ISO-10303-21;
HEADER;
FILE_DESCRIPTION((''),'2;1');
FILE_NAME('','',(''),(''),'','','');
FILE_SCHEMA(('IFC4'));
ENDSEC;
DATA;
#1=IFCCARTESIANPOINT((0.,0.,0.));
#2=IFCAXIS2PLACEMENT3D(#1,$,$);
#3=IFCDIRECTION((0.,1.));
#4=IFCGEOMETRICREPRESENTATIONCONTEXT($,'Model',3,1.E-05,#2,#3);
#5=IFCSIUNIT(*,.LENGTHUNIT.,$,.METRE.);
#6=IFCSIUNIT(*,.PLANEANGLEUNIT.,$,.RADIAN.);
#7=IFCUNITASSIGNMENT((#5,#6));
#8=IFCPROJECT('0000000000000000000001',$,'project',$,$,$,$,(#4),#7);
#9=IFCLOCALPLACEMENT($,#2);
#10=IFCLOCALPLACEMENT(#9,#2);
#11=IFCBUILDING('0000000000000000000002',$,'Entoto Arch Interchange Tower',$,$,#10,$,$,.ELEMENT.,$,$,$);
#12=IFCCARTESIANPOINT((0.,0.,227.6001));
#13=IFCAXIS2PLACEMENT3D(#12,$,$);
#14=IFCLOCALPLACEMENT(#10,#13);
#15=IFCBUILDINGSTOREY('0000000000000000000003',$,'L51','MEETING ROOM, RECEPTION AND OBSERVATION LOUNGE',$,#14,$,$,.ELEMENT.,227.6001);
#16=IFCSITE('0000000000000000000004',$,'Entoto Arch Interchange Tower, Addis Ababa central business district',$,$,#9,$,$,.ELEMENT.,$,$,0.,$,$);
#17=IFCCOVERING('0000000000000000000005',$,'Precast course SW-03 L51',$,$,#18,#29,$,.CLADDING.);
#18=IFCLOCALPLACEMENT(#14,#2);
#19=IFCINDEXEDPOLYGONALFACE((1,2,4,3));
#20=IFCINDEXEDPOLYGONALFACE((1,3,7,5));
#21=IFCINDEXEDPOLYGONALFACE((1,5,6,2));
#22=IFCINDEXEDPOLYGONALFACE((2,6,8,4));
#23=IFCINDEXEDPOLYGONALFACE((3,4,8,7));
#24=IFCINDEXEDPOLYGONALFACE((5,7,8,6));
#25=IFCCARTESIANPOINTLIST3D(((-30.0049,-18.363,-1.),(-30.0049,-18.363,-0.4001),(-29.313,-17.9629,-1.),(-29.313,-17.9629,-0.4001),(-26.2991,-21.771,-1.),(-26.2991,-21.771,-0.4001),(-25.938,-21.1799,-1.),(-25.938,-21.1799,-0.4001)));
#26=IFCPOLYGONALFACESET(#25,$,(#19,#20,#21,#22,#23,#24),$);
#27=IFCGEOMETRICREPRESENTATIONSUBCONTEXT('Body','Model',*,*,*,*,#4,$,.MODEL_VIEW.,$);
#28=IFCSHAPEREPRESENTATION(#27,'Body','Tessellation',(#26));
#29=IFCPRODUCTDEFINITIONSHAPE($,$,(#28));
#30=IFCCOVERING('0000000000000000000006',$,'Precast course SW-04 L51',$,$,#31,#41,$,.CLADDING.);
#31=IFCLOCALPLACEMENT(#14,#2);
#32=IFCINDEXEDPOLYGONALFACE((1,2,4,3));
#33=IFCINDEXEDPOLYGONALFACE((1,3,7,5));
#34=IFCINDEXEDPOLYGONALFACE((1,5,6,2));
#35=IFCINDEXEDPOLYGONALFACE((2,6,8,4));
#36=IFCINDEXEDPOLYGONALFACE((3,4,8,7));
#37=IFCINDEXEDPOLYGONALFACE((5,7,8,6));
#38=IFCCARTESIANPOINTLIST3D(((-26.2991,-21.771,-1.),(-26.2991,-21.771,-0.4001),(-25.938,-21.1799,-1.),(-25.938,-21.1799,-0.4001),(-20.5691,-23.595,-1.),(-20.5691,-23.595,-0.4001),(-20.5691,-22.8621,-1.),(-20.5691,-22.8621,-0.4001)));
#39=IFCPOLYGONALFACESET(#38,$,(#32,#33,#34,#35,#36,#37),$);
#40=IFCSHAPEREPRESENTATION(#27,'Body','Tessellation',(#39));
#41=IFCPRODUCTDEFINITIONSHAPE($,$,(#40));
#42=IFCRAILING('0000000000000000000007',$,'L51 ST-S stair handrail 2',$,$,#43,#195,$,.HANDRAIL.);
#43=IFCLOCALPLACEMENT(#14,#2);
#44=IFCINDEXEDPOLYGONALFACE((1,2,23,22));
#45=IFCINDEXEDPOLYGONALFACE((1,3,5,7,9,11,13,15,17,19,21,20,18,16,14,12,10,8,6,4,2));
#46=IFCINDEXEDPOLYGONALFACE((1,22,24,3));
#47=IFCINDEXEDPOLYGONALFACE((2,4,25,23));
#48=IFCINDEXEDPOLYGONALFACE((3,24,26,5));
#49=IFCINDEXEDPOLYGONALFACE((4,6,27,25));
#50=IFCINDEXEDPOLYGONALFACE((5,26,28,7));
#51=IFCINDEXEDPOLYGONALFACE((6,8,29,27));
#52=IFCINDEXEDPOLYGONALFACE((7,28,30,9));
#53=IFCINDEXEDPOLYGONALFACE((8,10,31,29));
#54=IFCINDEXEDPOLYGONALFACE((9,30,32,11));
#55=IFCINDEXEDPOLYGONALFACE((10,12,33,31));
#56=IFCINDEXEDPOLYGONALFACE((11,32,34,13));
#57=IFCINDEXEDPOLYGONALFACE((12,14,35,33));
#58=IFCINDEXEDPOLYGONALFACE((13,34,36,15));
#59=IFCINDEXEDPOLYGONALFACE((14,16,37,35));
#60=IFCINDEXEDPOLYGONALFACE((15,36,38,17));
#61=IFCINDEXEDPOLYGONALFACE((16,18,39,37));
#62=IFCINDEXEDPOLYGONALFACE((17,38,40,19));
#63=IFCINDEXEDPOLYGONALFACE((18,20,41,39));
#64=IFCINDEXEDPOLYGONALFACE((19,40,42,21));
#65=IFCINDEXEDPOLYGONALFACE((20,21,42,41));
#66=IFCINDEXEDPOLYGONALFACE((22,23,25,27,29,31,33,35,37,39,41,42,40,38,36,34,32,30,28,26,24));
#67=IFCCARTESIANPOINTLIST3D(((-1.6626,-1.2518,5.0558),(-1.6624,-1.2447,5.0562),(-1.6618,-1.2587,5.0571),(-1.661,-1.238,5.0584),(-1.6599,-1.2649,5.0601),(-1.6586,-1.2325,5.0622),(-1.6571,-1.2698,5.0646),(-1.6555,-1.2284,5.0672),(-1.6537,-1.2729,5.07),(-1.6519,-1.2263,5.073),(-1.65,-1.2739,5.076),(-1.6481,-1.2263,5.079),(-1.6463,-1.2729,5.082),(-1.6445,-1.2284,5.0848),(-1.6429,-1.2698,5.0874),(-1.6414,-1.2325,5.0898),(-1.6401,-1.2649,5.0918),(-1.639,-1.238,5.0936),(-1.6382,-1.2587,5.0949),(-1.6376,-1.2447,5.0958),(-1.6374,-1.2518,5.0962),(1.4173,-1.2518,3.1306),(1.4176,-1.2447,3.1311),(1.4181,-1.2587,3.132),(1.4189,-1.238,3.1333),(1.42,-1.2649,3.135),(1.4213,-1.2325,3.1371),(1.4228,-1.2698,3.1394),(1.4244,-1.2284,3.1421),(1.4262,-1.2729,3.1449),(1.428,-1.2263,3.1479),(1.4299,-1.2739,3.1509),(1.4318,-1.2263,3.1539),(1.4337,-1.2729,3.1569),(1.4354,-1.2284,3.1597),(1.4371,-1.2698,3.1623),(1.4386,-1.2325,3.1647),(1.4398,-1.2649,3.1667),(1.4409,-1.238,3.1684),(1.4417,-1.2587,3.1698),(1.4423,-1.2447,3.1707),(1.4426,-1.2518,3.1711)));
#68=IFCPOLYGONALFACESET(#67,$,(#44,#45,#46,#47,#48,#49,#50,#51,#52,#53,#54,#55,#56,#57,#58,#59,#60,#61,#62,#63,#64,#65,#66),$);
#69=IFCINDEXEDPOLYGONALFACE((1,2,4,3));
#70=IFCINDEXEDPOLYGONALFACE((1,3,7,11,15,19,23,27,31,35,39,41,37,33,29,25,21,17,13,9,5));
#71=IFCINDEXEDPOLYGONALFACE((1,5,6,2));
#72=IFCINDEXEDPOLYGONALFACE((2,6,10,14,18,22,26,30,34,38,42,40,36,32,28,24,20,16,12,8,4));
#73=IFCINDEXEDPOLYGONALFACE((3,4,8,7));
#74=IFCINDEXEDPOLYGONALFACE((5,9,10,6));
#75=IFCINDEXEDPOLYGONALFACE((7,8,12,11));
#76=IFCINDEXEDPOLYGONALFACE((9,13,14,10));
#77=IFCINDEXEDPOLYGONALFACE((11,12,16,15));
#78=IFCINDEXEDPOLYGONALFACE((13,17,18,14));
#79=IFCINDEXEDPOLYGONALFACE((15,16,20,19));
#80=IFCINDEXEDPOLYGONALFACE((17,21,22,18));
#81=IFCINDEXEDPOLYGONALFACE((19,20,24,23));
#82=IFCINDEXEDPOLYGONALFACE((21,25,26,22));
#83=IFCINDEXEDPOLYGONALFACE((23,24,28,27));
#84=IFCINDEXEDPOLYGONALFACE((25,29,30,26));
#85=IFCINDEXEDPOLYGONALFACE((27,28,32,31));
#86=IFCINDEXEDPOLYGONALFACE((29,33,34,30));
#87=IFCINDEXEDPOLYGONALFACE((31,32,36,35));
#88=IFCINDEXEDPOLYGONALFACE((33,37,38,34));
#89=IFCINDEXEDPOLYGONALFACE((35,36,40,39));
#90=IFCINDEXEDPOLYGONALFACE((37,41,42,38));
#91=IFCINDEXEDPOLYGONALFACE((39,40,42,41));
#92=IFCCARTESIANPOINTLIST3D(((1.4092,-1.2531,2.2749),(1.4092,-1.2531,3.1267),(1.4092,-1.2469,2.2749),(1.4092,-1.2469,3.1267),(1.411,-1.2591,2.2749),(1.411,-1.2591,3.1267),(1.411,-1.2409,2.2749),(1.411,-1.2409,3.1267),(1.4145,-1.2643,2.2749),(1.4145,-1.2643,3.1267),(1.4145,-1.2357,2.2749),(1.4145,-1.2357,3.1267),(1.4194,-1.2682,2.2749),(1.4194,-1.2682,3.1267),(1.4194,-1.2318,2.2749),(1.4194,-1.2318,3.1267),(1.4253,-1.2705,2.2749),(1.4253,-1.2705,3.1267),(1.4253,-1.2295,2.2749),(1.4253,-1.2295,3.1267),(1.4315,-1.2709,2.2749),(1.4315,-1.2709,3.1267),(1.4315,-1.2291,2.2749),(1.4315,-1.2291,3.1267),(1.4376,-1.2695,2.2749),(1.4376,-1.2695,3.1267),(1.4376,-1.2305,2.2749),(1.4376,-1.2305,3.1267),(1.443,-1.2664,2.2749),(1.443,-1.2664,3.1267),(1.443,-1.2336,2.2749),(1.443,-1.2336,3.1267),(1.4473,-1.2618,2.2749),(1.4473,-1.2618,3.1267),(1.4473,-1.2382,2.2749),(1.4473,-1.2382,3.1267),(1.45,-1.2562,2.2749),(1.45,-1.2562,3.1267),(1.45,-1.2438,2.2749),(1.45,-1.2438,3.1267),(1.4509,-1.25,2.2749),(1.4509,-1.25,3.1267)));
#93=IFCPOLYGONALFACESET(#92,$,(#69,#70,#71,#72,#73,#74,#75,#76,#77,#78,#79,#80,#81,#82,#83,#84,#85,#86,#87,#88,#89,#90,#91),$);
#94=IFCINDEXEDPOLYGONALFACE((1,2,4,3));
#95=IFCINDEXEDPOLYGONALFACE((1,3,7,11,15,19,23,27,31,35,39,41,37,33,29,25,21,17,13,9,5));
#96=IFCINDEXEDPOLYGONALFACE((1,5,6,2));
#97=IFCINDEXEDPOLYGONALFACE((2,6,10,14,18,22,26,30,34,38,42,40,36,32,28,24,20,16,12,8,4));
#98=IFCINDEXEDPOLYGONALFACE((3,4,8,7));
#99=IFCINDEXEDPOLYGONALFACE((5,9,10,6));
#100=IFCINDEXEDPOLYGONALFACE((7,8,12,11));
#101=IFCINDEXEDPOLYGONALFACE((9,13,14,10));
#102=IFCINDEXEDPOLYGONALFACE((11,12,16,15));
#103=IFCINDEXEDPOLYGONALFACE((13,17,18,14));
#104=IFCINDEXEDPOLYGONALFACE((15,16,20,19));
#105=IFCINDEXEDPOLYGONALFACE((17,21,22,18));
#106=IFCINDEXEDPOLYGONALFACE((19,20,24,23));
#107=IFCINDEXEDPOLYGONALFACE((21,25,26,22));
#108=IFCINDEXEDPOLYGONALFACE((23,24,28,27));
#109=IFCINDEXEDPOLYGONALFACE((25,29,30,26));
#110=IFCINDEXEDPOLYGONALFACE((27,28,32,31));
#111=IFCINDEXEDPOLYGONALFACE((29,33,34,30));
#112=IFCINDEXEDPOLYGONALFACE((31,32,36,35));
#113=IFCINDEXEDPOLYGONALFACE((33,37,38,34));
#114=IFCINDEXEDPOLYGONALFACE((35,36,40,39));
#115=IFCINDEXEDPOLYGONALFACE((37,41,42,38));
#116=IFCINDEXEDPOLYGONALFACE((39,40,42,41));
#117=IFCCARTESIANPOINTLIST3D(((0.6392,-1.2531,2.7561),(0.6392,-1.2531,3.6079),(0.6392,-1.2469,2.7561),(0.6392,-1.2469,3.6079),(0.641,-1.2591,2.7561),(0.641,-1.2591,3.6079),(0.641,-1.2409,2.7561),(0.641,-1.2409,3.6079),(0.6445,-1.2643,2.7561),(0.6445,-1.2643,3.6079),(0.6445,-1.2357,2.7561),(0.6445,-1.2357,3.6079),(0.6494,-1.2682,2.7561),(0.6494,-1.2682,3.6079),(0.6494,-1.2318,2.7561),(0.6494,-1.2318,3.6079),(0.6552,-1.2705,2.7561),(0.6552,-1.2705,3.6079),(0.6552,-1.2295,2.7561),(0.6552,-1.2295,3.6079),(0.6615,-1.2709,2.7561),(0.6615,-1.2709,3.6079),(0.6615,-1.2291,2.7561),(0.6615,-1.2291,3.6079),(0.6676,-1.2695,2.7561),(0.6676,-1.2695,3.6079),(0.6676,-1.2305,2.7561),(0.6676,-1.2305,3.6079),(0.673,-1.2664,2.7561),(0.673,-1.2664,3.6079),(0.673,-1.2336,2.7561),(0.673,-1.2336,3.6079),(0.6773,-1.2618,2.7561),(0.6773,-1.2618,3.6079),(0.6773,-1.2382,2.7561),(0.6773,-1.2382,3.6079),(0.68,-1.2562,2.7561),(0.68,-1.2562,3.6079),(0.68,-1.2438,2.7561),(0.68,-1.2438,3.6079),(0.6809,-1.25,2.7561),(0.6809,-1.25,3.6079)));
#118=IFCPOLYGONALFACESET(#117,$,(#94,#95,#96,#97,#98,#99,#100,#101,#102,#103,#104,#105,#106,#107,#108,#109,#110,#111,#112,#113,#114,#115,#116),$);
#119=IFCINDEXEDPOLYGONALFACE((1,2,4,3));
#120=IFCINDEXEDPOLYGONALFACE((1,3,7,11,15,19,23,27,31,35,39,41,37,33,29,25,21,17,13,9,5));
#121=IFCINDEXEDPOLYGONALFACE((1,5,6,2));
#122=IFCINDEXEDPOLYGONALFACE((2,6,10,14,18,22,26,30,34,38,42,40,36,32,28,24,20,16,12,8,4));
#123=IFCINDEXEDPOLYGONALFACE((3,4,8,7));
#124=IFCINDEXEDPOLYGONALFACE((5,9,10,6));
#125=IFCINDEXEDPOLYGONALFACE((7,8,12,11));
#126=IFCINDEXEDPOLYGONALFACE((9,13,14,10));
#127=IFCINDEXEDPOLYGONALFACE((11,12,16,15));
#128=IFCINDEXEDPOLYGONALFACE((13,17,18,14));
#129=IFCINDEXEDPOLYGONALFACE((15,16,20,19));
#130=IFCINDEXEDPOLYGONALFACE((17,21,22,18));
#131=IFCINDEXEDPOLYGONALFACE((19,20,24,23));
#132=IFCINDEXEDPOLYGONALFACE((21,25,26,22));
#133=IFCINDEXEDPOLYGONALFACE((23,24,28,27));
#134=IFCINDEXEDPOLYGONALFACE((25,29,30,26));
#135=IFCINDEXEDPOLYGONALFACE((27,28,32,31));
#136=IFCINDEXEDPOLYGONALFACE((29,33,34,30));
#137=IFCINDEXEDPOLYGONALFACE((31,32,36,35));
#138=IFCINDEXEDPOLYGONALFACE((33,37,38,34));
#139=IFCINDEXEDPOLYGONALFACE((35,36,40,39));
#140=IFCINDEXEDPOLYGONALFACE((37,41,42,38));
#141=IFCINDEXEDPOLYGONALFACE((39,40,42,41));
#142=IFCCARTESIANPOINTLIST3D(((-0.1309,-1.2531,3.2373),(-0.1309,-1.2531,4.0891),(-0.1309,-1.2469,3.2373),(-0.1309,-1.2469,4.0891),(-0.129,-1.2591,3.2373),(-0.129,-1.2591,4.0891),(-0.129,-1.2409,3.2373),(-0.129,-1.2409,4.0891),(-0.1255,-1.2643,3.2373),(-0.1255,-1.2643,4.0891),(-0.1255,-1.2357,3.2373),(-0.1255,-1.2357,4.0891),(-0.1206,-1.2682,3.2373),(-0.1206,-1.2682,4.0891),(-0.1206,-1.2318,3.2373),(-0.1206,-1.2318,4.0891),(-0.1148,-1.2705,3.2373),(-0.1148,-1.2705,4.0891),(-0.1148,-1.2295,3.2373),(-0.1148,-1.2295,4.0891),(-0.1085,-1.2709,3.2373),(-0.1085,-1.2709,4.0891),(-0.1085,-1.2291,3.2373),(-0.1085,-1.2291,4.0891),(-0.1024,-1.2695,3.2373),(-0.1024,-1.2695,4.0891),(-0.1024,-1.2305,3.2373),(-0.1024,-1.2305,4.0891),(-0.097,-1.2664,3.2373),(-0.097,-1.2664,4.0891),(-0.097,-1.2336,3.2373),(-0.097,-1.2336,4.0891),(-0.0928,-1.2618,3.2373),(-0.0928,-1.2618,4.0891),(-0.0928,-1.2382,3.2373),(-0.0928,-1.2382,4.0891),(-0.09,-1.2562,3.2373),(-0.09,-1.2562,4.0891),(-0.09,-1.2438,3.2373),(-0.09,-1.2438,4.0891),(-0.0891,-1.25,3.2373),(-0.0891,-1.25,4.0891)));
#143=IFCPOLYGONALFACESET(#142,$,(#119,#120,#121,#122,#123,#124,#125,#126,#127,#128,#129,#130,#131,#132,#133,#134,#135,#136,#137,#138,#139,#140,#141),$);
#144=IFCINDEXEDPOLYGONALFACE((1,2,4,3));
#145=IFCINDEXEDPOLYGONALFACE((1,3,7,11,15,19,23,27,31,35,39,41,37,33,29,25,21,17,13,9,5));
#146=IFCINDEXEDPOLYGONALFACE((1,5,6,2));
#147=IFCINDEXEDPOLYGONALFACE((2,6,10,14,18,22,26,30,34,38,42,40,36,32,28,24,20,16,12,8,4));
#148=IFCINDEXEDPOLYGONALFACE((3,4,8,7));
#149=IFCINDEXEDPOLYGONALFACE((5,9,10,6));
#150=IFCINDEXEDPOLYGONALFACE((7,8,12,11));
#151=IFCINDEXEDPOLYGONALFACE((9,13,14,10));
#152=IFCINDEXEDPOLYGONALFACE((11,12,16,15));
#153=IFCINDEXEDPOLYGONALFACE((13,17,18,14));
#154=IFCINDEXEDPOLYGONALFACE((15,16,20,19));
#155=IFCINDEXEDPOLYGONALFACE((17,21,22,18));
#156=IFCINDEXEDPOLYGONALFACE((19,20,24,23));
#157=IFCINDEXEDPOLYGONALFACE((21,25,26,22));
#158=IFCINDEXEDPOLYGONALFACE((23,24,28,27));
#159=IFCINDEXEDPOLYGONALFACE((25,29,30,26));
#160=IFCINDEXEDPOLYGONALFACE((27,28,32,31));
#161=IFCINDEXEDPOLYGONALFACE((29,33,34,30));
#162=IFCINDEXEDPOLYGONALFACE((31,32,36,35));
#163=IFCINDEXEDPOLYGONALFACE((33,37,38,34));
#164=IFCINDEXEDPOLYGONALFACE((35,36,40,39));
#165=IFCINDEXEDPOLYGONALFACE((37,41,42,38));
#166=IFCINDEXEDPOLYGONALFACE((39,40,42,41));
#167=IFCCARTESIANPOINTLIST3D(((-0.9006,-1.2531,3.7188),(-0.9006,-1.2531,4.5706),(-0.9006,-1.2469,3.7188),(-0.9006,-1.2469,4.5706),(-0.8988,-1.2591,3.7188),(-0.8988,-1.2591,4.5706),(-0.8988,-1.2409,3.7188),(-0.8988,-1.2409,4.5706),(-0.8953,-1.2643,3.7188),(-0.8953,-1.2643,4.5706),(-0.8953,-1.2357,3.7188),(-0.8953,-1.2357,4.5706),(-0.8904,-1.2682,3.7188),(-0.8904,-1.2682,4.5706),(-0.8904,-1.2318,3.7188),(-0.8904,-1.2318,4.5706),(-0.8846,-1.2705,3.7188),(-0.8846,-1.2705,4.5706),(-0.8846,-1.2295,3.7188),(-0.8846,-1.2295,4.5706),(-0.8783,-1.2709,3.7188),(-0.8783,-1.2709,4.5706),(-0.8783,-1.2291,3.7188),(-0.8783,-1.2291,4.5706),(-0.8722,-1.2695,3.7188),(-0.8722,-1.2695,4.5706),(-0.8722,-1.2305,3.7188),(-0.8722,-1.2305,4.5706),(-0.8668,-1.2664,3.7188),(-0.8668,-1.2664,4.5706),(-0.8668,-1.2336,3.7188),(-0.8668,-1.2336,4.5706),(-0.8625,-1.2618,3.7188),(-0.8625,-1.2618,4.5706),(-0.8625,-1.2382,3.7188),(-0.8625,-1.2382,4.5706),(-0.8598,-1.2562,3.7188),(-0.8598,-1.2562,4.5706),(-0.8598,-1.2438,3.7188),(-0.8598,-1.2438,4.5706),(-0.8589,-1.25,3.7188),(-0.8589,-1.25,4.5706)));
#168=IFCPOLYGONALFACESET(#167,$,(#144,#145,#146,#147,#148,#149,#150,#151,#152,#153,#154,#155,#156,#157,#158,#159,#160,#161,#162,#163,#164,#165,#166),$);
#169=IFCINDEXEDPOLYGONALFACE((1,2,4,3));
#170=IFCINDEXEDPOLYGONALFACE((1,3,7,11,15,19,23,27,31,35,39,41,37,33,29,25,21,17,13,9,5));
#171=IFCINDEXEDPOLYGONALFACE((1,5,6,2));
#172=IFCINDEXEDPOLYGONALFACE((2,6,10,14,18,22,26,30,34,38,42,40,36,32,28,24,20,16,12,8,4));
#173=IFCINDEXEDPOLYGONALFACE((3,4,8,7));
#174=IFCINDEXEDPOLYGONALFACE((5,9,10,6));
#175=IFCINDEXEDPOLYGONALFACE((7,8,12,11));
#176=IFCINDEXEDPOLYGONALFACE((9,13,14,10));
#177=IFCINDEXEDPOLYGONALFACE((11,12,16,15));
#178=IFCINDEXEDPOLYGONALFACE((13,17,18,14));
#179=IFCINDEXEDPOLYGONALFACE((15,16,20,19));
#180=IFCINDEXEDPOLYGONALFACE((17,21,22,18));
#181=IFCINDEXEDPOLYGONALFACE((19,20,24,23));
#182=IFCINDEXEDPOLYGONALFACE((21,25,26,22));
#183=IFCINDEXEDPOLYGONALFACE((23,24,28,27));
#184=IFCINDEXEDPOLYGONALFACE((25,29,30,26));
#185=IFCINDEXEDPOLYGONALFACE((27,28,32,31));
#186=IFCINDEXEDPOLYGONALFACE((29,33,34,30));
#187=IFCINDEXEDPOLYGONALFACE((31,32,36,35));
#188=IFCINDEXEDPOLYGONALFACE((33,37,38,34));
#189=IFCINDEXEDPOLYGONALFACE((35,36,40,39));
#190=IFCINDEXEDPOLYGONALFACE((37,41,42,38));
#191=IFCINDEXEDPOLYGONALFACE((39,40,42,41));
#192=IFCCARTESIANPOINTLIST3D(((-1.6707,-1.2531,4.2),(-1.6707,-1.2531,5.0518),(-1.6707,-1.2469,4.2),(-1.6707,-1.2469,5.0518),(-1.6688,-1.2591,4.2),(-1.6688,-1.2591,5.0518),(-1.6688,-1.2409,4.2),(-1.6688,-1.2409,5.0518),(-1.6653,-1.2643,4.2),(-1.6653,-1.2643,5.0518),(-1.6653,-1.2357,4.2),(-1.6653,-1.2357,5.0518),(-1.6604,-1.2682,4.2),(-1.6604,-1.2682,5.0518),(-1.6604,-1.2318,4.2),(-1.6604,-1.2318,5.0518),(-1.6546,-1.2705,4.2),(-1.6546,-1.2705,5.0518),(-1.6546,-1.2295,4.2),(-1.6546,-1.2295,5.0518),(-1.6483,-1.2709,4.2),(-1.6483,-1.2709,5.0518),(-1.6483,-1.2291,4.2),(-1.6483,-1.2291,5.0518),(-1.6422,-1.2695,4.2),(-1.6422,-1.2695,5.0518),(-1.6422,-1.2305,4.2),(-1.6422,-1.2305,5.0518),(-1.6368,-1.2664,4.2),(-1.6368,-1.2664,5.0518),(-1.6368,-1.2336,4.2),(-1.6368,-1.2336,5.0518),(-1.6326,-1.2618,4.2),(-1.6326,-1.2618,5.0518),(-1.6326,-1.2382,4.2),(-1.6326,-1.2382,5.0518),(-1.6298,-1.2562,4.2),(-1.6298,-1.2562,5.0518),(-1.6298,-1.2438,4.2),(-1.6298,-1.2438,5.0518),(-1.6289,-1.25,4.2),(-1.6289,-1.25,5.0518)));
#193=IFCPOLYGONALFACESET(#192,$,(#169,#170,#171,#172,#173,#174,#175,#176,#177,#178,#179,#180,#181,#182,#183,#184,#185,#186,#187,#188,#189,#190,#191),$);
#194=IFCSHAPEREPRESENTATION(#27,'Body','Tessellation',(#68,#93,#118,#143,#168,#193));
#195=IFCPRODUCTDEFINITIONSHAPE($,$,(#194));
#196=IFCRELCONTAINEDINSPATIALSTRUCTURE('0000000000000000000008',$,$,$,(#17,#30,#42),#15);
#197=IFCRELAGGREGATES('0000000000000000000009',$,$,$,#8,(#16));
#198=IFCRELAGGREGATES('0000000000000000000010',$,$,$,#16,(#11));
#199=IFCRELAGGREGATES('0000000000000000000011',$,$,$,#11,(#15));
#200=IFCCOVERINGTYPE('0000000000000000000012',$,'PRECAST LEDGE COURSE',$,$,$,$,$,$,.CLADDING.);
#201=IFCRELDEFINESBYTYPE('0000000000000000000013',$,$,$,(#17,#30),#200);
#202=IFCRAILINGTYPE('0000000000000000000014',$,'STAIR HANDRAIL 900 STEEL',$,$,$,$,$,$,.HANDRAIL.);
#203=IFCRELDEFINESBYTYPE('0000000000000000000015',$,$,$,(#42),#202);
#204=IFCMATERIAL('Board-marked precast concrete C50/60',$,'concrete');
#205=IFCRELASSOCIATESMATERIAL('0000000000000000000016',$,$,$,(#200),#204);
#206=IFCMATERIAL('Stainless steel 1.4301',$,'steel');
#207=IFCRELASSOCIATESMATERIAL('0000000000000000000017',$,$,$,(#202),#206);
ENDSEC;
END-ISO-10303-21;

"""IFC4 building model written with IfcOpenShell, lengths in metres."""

from ifc_helpers import new_model, si_unit, direction, frame, origin, origin_2d, place, context, subcontext, project, spatial, polyline, circle, outline, extrude, material, type_object, element, save


model = new_model("IFC4")

# Units and contexts
model_context = context("Model", 3, precision=1e-05, world=origin(), true_north=direction((0.0, 1.0)))
body_context = subcontext(model_context, "Body", "Model", "MODEL_VIEW")
ifc_project = project(units=[si_unit("LENGTHUNIT", "METRE"), si_unit("PLANEANGLEUNIT", "RADIAN")], contexts=[model_context])

# Site, building, storey
site_placement = place(None, origin())
site = spatial("IfcSite", under=ifc_project, at=site_placement, Name="Entoto Arch Interchange Tower, Addis Ababa central business district", CompositionType="ELEMENT", RefElevation=0.0)
building_placement = place(site_placement, origin())
building = spatial("IfcBuilding", under=site, at=building_placement, Name="Entoto Arch Interchange Tower", CompositionType="ELEMENT")
storey_placement = place(building_placement, frame((0.0, 0.0, 227.6001)))
storey = spatial("IfcBuildingStorey", under=building, at=storey_placement, Name="L51", Description="MEETING ROOM, RECEPTION AND OBSERVATION LOUNGE", CompositionType="ELEMENT", Elevation=227.6001)

# Shared definitions
ifc_material_1 = material(Name="Board-marked precast concrete C50/60", Category="concrete")

# Coverings
covering_type_1 = type_object("IfcCoveringType", Name="PRECAST LEDGE COURSE", PredefinedType="CLADDING", material=ifc_material_1)
covering_1_placement = place(storey_placement, frame((0.0, 0.0, -1.0)))
element("IfcCovering", 1, at=covering_1_placement, inside=storey, type_object=covering_type_1, Name="Precast course SW-03 L51", PredefinedType="CLADDING", context=body_context, shape_type="SweptSolid", body=[
    extrude(outline(polyline([(-25.938, -21.1799), (-26.2991, -21.771), (-30.0049, -18.363), (-29.313, -17.9629), (-25.938, -21.1799)])), origin(), (0.0, 0.0, 1.0), 0.5999),
])
covering_2_placement = place(storey_placement, frame((0.0, 0.0, -1.0)))
element("IfcCovering", 2, at=covering_2_placement, inside=storey, type_object=covering_type_1, Name="Precast course SW-04 L51", PredefinedType="CLADDING", context=body_context, shape_type="SweptSolid", body=[
    extrude(outline(polyline([(-20.5691, -22.8621), (-20.5691, -23.595), (-26.2991, -21.771), (-25.938, -21.1799), (-20.5691, -22.8621)])), origin(), (0.0, 0.0, 1.0), 0.5999),
])

# Railing
ifc_material_2 = material(Name="Stainless steel 1.4301", Category="steel")
railing_type = type_object("IfcRailingType", Name="STAIR HANDRAIL 900 STEEL", PredefinedType="HANDRAIL", material=ifc_material_2)
railing_placement = place(storey_placement, frame((1.4299, -1.25, 2.2749)))
element("IfcRailing", 3, at=railing_placement, inside=storey, type_object=railing_type, Name="L51 ST-S stair handrail 2", PredefinedType="HANDRAIL", context=body_context, shape_type="SweptSolid", body=[
    extrude(circle(Radius=0.0239, at=origin_2d()), frame((0.0, 0.0, 0.876), z_axis=(-0.847979, 0.0, 0.530029), x_axis=(0.0, -1.0, 0.0)), (0.0, 0.0, 1.0), 3.6321),
    extrude(circle(Radius=0.021, at=origin_2d()), origin(), (0.0, 0.0, 1.0), 0.8518),
    extrude(circle(Radius=0.021, at=origin_2d()), frame((-0.77, 0.0, 0.4812)), (0.0, 0.0, 1.0), 0.8518),
    extrude(circle(Radius=0.021, at=origin_2d()), frame((-1.54, 0.0, 0.9624)), (0.0, 0.0, 1.0), 0.8518),
    extrude(circle(Radius=0.021, at=origin_2d()), frame((-2.3098, 0.0, 1.4438)), (0.0, 0.0, 1.0), 0.8518),
    extrude(circle(Radius=0.021, at=origin_2d()), frame((-3.0798, 0.0, 1.925)), (0.0, 0.0, 1.0), 0.8518),
])

save(model, "model.ifc")
